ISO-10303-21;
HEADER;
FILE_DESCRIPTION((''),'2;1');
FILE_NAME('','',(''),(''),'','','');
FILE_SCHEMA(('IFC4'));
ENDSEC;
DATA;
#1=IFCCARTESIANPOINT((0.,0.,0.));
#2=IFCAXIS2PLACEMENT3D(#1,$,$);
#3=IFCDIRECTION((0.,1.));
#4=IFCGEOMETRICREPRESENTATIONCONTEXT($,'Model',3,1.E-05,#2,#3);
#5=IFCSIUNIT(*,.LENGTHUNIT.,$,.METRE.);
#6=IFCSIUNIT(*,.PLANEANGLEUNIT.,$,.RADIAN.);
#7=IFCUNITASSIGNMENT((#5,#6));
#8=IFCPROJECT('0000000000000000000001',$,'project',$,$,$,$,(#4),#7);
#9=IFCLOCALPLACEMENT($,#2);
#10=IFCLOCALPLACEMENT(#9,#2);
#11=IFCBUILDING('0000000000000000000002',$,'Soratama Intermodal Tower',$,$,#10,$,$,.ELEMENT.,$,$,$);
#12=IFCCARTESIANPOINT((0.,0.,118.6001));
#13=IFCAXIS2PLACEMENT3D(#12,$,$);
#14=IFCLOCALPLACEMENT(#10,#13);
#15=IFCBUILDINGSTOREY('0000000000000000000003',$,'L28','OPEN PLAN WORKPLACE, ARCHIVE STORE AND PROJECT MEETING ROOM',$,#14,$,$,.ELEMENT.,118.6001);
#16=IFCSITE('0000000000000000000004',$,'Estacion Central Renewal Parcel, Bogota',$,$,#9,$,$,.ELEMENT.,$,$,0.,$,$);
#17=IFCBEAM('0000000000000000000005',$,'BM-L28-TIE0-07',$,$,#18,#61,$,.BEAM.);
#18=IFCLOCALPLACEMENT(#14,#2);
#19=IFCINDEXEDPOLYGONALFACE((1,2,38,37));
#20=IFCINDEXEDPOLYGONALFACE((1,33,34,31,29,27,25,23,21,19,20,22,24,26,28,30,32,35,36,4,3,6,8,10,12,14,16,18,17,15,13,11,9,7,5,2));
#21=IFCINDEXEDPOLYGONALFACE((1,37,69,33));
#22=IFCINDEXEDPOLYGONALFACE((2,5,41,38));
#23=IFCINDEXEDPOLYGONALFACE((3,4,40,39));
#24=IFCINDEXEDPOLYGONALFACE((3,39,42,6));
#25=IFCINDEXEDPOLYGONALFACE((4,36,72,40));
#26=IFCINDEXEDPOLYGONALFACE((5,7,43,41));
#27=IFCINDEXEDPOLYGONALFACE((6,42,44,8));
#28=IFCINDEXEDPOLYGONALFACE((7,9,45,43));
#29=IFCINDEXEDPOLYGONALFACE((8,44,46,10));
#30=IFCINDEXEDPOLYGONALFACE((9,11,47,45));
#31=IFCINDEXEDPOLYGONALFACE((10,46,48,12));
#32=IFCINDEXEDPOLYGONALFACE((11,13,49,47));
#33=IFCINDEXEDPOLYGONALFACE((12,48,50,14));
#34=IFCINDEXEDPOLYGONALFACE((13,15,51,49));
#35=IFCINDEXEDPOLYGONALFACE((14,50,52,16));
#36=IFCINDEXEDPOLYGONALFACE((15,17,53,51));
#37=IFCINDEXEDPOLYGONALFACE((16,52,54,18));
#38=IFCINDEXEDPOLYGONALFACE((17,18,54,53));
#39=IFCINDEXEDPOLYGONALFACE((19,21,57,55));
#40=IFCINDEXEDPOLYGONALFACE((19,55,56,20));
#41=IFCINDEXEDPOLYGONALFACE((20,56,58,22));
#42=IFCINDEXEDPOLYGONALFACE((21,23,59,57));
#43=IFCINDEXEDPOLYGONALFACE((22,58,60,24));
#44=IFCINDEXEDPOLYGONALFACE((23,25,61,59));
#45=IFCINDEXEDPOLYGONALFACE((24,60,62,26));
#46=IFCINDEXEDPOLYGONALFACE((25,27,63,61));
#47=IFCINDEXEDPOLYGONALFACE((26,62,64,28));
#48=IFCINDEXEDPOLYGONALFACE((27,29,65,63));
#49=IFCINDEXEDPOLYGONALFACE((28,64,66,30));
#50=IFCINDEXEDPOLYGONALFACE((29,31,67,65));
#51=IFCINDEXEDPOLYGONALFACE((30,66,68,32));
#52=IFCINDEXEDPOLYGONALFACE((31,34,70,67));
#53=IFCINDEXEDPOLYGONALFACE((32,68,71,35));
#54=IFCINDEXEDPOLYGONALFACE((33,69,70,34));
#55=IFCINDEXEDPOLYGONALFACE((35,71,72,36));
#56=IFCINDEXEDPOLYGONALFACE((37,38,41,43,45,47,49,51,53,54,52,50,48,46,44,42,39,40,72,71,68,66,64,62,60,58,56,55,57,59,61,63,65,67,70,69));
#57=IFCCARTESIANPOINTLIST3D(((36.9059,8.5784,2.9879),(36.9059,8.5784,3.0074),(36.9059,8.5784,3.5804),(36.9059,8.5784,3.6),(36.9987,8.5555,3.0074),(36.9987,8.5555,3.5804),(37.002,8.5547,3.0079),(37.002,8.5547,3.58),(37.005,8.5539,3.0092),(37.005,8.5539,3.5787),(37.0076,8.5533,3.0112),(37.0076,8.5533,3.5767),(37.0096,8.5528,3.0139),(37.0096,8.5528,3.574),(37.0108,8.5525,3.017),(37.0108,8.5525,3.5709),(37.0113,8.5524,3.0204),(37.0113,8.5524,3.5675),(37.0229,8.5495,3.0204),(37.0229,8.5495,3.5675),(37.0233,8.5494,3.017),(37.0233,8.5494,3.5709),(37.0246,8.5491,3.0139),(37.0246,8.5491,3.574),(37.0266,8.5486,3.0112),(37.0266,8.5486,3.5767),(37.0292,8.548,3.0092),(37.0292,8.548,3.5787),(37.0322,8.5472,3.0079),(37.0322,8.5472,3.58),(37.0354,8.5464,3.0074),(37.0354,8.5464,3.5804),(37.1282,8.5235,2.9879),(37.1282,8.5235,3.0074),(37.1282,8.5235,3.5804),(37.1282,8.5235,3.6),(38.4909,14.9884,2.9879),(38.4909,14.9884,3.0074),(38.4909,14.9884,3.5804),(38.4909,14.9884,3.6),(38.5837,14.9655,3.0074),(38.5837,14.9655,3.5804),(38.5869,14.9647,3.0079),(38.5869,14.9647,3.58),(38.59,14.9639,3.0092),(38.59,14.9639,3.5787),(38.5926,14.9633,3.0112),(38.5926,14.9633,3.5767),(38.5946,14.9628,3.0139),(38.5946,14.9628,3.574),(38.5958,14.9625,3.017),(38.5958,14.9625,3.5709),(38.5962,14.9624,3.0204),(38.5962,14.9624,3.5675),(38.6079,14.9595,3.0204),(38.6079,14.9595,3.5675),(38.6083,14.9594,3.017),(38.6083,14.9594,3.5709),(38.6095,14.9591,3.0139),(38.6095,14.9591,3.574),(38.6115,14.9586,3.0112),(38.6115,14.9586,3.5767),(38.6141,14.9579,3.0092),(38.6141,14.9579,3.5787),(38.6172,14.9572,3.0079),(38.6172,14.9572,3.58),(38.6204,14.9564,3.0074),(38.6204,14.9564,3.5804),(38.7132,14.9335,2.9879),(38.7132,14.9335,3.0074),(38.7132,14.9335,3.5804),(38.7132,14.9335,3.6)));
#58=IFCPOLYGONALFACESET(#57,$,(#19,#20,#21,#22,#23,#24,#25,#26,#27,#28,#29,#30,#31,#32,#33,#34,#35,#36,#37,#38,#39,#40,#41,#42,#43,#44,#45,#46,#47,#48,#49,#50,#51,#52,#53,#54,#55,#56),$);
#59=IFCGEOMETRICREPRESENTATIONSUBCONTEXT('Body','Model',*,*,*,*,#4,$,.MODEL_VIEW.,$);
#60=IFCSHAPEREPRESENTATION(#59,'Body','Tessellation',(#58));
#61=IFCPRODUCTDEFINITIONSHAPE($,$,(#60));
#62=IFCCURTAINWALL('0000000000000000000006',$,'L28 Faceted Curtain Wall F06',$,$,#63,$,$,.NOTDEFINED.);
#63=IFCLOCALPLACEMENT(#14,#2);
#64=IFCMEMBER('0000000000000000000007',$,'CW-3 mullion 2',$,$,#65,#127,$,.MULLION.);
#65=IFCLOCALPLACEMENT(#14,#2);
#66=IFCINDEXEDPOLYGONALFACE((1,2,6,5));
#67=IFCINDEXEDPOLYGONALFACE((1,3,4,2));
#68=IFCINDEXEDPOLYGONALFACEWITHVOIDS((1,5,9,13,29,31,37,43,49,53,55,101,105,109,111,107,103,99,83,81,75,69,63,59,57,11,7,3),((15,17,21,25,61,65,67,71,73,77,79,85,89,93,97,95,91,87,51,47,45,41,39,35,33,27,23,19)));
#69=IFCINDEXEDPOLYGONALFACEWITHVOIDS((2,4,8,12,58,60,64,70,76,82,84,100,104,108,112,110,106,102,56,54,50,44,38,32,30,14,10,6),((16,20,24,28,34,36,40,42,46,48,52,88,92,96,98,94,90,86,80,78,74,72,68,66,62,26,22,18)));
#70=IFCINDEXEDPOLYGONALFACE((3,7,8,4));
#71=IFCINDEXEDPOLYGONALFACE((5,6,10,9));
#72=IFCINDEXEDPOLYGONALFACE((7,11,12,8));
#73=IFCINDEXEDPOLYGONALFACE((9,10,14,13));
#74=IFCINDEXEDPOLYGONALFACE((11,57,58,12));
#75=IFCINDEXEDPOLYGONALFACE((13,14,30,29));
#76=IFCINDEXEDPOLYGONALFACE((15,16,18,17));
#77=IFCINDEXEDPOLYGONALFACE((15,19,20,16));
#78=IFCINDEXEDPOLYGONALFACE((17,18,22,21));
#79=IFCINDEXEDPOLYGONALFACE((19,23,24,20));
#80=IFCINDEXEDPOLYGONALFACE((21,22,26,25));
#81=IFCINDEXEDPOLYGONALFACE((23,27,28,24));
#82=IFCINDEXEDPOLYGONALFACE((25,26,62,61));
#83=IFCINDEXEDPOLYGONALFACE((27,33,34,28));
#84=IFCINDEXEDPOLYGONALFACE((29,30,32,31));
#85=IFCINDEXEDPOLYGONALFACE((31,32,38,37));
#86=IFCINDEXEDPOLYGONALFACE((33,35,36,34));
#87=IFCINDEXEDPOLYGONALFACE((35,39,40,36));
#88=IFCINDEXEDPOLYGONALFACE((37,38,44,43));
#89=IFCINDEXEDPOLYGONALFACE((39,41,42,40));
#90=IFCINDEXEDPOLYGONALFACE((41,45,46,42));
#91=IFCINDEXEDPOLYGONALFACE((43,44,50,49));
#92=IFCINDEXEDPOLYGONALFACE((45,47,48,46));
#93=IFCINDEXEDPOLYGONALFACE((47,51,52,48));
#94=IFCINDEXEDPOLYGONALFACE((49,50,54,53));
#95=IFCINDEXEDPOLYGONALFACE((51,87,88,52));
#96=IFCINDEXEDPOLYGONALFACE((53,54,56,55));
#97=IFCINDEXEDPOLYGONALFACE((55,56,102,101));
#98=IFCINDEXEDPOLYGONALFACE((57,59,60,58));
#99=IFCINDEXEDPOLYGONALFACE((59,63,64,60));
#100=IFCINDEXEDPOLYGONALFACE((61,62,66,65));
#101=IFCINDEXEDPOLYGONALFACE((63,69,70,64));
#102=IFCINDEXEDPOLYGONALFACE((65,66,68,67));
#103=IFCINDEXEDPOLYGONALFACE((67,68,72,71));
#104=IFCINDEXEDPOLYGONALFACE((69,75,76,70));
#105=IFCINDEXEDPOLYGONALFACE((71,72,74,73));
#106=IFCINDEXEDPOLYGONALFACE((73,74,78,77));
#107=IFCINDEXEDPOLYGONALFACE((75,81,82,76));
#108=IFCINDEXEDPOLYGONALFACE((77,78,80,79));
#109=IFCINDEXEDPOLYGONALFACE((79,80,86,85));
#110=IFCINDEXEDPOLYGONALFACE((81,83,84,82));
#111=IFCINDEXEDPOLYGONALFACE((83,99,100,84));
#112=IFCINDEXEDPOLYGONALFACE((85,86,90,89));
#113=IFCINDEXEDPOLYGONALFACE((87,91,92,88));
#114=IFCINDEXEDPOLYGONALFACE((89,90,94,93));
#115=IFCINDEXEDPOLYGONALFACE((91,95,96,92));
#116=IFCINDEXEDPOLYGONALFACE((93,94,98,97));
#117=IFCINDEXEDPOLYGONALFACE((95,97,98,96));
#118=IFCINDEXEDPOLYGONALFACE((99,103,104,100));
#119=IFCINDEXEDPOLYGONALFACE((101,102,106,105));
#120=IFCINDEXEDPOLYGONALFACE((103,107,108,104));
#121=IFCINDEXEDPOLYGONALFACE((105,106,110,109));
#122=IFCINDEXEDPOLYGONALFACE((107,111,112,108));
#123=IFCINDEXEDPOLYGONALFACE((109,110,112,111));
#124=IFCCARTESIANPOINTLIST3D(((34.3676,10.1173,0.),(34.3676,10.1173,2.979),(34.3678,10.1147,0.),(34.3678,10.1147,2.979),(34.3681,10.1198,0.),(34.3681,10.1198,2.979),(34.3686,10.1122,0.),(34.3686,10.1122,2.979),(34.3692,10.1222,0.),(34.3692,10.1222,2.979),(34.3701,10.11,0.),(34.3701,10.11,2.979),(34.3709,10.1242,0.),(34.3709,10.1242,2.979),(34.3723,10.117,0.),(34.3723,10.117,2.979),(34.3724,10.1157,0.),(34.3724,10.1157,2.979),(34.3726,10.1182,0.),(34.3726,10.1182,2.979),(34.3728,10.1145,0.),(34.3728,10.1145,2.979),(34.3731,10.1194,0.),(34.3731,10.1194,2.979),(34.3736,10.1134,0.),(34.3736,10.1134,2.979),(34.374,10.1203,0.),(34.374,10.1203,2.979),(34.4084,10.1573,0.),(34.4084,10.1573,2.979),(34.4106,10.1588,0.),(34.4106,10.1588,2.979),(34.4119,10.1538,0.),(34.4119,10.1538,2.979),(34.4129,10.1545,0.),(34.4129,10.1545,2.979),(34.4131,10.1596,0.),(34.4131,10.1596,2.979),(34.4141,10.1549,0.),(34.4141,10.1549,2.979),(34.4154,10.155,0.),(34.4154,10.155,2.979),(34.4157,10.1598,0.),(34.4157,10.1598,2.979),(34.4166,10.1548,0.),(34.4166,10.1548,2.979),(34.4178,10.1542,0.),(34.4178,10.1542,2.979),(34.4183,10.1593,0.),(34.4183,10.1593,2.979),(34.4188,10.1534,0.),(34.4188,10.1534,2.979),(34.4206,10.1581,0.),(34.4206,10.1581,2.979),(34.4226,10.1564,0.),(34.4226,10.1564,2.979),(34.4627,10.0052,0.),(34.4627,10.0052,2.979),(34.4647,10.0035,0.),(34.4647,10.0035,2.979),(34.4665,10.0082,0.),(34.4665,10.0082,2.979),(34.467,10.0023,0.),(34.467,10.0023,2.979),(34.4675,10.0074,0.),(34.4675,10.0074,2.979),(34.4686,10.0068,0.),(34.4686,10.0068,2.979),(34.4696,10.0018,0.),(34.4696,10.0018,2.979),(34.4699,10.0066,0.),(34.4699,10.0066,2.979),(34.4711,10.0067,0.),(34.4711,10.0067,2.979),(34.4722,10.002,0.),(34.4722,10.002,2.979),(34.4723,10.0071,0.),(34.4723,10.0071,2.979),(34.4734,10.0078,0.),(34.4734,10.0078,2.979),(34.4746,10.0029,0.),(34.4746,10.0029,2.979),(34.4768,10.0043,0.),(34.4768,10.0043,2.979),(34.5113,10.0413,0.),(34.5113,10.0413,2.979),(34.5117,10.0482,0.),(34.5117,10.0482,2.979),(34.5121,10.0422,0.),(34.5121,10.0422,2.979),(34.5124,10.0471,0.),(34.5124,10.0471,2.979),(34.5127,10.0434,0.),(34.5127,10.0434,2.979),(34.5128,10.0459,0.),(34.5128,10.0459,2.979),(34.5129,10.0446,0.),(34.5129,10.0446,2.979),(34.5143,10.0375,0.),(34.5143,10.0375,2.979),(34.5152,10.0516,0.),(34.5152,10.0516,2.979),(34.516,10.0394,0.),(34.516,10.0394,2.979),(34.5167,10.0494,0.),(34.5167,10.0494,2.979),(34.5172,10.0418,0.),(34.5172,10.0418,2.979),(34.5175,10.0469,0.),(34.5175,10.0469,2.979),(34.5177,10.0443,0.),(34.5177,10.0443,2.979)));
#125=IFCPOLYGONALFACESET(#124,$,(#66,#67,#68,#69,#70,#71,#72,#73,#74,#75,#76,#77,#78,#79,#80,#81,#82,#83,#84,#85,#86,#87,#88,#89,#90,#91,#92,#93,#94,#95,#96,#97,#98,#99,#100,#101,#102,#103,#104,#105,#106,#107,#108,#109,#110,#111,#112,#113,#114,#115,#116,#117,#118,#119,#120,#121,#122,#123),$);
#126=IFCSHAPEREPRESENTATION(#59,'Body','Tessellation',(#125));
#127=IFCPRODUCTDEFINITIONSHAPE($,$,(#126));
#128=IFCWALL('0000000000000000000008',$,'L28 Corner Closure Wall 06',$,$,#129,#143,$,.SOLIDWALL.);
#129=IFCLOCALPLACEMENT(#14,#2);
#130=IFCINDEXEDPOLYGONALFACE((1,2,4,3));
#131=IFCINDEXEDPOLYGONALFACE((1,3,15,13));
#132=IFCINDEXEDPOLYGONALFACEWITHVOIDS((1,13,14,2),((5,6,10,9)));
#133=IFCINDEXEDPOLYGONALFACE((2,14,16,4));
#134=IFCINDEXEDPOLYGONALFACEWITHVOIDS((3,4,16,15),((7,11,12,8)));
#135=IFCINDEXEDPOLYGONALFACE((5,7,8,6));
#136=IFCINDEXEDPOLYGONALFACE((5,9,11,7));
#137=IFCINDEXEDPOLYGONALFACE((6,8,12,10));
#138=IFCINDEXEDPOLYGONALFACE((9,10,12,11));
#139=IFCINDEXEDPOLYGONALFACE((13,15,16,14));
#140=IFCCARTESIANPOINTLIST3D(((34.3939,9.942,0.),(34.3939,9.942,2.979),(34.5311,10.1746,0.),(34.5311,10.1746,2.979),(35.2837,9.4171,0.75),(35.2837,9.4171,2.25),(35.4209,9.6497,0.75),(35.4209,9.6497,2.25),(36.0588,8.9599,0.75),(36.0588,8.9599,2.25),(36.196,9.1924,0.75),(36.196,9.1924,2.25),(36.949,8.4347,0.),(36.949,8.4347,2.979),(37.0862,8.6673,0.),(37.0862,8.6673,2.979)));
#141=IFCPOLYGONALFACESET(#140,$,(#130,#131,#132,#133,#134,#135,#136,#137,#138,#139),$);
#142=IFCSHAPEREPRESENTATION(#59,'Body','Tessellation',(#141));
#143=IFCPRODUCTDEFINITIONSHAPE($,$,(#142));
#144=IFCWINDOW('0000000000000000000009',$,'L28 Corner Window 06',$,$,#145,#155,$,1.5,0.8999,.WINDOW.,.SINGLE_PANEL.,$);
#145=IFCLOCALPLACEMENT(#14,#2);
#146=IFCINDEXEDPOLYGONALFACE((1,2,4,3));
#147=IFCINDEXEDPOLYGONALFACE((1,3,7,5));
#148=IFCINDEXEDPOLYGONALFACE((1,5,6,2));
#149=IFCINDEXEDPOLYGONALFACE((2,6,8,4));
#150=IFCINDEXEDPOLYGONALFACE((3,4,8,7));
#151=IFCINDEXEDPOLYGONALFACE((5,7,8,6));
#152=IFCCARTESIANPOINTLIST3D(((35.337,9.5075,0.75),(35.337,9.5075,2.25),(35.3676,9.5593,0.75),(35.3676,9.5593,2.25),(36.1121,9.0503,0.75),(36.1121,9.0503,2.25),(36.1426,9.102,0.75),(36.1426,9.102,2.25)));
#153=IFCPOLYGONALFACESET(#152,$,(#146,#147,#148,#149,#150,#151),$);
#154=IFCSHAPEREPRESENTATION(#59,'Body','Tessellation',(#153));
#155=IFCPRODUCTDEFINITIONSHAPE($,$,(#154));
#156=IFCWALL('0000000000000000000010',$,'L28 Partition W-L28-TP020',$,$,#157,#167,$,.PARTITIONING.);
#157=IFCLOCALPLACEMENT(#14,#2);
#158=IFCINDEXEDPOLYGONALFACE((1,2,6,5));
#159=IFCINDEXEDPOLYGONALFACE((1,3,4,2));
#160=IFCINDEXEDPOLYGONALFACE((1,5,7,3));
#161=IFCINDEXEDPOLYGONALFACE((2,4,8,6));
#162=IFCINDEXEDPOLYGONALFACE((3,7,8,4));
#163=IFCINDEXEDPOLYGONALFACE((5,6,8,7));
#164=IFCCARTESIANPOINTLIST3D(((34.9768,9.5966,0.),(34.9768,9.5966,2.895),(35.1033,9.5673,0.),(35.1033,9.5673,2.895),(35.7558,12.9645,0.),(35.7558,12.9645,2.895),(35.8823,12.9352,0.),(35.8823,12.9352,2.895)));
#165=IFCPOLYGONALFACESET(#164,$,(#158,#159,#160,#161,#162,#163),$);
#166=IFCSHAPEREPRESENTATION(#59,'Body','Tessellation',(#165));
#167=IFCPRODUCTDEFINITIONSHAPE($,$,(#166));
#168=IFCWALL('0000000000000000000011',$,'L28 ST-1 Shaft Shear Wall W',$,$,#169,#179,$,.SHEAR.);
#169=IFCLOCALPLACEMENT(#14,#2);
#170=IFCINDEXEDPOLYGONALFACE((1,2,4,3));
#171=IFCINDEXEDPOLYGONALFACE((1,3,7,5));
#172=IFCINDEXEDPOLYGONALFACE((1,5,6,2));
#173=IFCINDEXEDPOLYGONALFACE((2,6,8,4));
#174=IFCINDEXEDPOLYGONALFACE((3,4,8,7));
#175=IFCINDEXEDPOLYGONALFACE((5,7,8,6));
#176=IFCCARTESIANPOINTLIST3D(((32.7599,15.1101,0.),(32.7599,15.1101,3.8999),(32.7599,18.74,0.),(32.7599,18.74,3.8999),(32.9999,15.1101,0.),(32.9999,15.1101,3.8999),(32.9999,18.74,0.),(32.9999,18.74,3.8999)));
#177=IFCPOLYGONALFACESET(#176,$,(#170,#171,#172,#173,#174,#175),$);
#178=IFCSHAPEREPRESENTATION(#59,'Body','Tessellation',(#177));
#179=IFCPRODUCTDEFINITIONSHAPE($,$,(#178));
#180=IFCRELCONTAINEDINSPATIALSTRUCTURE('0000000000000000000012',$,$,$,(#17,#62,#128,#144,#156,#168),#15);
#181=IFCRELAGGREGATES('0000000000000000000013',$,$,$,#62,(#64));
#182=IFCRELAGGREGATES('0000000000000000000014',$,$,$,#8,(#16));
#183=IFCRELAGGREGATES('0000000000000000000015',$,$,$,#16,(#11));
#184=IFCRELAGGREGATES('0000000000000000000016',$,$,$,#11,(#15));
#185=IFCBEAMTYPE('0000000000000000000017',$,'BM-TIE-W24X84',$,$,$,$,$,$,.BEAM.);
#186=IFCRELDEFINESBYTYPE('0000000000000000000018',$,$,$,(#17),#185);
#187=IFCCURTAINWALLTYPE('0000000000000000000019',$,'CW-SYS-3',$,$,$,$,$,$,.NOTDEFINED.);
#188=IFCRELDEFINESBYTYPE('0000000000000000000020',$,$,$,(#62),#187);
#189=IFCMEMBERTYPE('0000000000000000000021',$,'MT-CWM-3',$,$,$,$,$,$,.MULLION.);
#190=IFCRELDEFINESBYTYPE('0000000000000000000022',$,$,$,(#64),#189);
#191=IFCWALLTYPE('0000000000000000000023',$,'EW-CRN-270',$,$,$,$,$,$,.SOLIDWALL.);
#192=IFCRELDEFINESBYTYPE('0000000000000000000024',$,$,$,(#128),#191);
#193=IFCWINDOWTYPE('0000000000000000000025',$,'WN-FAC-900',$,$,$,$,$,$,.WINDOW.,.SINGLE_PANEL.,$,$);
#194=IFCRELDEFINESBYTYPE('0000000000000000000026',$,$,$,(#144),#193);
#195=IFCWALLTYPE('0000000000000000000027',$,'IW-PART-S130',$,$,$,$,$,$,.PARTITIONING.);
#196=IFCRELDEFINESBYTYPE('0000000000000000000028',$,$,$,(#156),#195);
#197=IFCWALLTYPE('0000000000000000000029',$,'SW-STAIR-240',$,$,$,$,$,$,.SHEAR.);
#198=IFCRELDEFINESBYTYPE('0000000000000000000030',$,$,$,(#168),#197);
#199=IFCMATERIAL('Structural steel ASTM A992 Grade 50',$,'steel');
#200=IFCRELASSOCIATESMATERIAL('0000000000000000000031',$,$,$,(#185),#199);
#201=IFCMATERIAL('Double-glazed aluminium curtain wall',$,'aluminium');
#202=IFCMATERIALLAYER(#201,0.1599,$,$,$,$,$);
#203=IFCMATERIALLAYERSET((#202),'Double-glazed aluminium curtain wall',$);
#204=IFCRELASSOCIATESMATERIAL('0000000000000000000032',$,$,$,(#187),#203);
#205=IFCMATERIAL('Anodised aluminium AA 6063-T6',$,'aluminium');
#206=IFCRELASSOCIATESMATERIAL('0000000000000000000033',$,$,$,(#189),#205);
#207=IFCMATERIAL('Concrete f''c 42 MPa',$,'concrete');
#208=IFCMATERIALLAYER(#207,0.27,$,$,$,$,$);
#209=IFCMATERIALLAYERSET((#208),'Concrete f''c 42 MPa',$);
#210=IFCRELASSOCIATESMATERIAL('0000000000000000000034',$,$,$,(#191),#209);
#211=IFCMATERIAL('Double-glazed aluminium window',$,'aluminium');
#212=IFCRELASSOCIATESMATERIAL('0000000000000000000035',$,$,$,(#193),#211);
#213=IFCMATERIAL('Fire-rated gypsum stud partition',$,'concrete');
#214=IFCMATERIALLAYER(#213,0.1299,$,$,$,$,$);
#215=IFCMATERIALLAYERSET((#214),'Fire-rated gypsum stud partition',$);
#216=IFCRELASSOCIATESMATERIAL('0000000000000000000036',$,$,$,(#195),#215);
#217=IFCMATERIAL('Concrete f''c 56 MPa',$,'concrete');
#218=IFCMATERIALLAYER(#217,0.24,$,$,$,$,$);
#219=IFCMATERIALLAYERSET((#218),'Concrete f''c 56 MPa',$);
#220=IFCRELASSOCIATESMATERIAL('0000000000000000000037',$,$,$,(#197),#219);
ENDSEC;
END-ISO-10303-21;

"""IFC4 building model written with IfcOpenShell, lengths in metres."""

from ifc_helpers import new_model, si_unit, direction, frame, frame_2d, origin, origin_2d, place, context, subcontext, project, spatial, rectangle, hollow_rectangle, i_section, extrude, material, layer, layer_set, material_profile, profile_set, type_object, element, fill, aggregate, save


model = new_model("IFC4")

# Units and contexts
model_context = context("Model", 3, precision=1e-05, world=origin(), true_north=direction((0.0, 1.0)))
body_context = subcontext(model_context, "Body", "Model", "MODEL_VIEW")
ifc_project = project(units=[si_unit("LENGTHUNIT", "METRE"), si_unit("PLANEANGLEUNIT", "RADIAN")], contexts=[model_context])

# Site, building, storey
site_placement = place(None, origin())
site = spatial("IfcSite", under=ifc_project, at=site_placement, Name="Estacion Central Renewal Parcel, Bogota", CompositionType="ELEMENT", RefElevation=0.0)
building_placement = place(site_placement, origin())
building = spatial("IfcBuilding", under=site, at=building_placement, Name="Soratama Intermodal Tower", CompositionType="ELEMENT")
storey_placement = place(building_placement, frame((0.0, 0.0, 118.6001)))
storey = spatial("IfcBuildingStorey", under=building, at=storey_placement, Name="L28", Description="OPEN PLAN WORKPLACE, ARCHIVE STORE AND PROJECT MEETING ROOM", CompositionType="ELEMENT", Elevation=118.6001)

# Beam
ifc_material_1 = material(Name="Structural steel ASTM A992 Grade 50", Category="steel")
ifc_material_profile_1 = material_profile(ifc_material_1, i_section(OverallWidth=0.229, OverallDepth=0.6121, WebThickness=0.012, FlangeThickness=0.0195, FilletRadius=0.0129, at=origin_2d()), Name="W24X84")
ifc_profile_set_1 = profile_set([ifc_material_profile_1], Name="Structural steel ASTM A992 Grade 50")
beam_type_1 = type_object("IfcBeamType", Name="BM-TIE-W24X84", PredefinedType="BEAM", material=ifc_profile_set_1)
beam_1_placement = place(storey_placement, frame((38.6021, 14.9609, 3.2939), z_axis=(-0.240038, -0.970764, 0.0), x_axis=(0.970764, -0.240038, 0.0)))
element("IfcBeam", 1, at=beam_1_placement, inside=storey, type_object=beam_type_1, Name="BM-L28-TIE0-07", PredefinedType="BEAM", context=body_context, shape_type="SweptSolid", body=[
    extrude(i_section(OverallWidth=0.229, OverallDepth=0.6121, WebThickness=0.012, FlangeThickness=0.0195, FilletRadius=0.0129, at=origin_2d()), origin(), (0.0, 0.0, 1.0), 6.603),
])

# Curtain wall, member
ifc_material_2 = material(Name="Double-glazed aluminium curtain wall", Category="aluminium")
ifc_layer_1 = layer(ifc_material_2, 0.1599)
ifc_layer_set_1 = layer_set([ifc_layer_1], Name="Double-glazed aluminium curtain wall")
curtain_wall_type = type_object("IfcCurtainWallType", Name="CW-SYS-3", PredefinedType="NOTDEFINED", material=ifc_layer_set_1)
curtain_wall_placement = place(storey_placement, origin())
curtain_wall = element("IfcCurtainWall", 2, at=curtain_wall_placement, inside=storey, type_object=curtain_wall_type, Name="L28 Faceted Curtain Wall F06", PredefinedType="NOTDEFINED")
ifc_material_3 = material(Name="Anodised aluminium AA 6063-T6", Category="aluminium")
ifc_material_profile_2 = material_profile(ifc_material_3, hollow_rectangle(XDim=0.0701, YDim=0.1599, WallThickness=0.0049, InnerFilletRadius=0.0049, OuterFilletRadius=0.01, at=origin_2d()), Name="CWM160X70X5")
ifc_profile_set_2 = profile_set([ifc_material_profile_2], Name="Anodised aluminium AA 6063-T6")
member_type = type_object("IfcMemberType", Name="MT-CWM-3", PredefinedType="MULLION", material=ifc_profile_set_2)
member_placement = place(storey_placement, frame((34.4426, 10.0808, 0.0), z_axis=(0.0, 0.0, 1.0), x_axis=(0.749418, 0.662098, 0.0)))
member = element("IfcMember", 3, at=member_placement, type_object=member_type, Name="CW-3 mullion 2", PredefinedType="MULLION", context=body_context, shape_type="SweptSolid", body=[
    extrude(hollow_rectangle(XDim=0.0701, YDim=0.1599, WallThickness=0.0049, InnerFilletRadius=0.0049, OuterFilletRadius=0.01, at=origin_2d()), origin(), (0.0, 0.0, 1.0), 2.979),
])
aggregate(curtain_wall, [member])

# Wall, opening, window
ifc_material_4 = material(Name="Concrete f'c 42 MPa", Category="concrete")
ifc_layer_2 = layer(ifc_material_4, 0.27)
ifc_layer_set_2 = layer_set([ifc_layer_2], Name="Concrete f'c 42 MPa")
wall_type_1 = type_object("IfcWallType", Name="EW-CRN-270", PredefinedType="SOLIDWALL", material=ifc_layer_set_2)
wall_1_placement = place(storey_placement, frame((34.4624, 10.0583, 0.0), z_axis=(0.0, 0.0, 1.0), x_axis=(0.861303, -0.508091, 0.0)))
wall_1 = element("IfcWall", 4, at=wall_1_placement, inside=storey, type_object=wall_type_1, Name="L28 Corner Closure Wall 06", PredefinedType="SOLIDWALL", context=body_context, shape_type="SweptSolid", body=[
    extrude(rectangle(XDim=2.9666, YDim=0.27, at=frame_2d((1.4834, 0.0))), origin(), (0.0, 0.0, 1.0), 2.979),
])
opening_1_placement = place(wall_1_placement, frame((1.0332, 0.0, 0.75)))
opening_1 = element("IfcOpeningElement", 5, at=opening_1_placement, cuts=wall_1, PredefinedType="OPENING", context=body_context, shape_type="SweptSolid", body=[
    extrude(rectangle(XDim=0.8999, YDim=1.5, at=frame_2d((0.45, 0.75))), frame((0.0, 0.145, 0.0), z_axis=(0.0, -1.0, 0.0), x_axis=(1.0, 0.0, 0.0)), (0.0, 0.0, 1.0), 0.29),
])
ifc_material_5 = material(Name="Double-glazed aluminium window", Category="aluminium")
window_type_1 = type_object("IfcWindowType", Name="WN-FAC-900", PartitioningType="SINGLE_PANEL", PredefinedType="WINDOW", material=ifc_material_5)
window_1_placement = place(opening_1_placement, origin())
window_1 = element("IfcWindow", 6, at=window_1_placement, inside=storey, type_object=window_type_1, Name="L28 Corner Window 06", OverallHeight=1.5, OverallWidth=0.8999, PartitioningType="SINGLE_PANEL", PredefinedType="WINDOW", context=body_context, shape_type="SweptSolid", body=[
    extrude(rectangle(XDim=0.8999, YDim=1.5, at=frame_2d((0.45, 0.75))), frame((0.0, 0.03, 0.0), z_axis=(0.0, -1.0, 0.0), x_axis=(1.0, 0.0, 0.0)), (0.0, 0.0, 1.0), 0.0601),
])
fill(opening_1, window_1)

# Walls
ifc_material_6 = material(Name="Fire-rated gypsum stud partition", Category="concrete")
ifc_layer_3 = layer(ifc_material_6, 0.1299)
ifc_layer_set_3 = layer_set([ifc_layer_3], Name="Fire-rated gypsum stud partition")
wall_type_2 = type_object("IfcWallType", Name="IW-PART-S130", PredefinedType="PARTITIONING", material=ifc_layer_set_3)
wall_2_placement = place(storey_placement, frame((35.8191, 12.95, 0.0), z_axis=(0.0, 0.0, 1.0), x_axis=(-0.225365, -0.974274, 0.0)))
element("IfcWall", 7, at=wall_2_placement, inside=storey, type_object=wall_type_2, Name="L28 Partition W-L28-TP020", PredefinedType="PARTITIONING", context=body_context, shape_type="SweptSolid", body=[
    extrude(rectangle(XDim=3.4568, YDim=0.1299, at=frame_2d((1.7285, 0.0))), origin(), (0.0, 0.0, 1.0), 2.895),
])
ifc_material_7 = material(Name="Concrete f'c 56 MPa", Category="concrete")
ifc_layer_4 = layer(ifc_material_7, 0.24)
ifc_layer_set_4 = layer_set([ifc_layer_4], Name="Concrete f'c 56 MPa")
wall_type_3 = type_object("IfcWallType", Name="SW-STAIR-240", PredefinedType="SHEAR", material=ifc_layer_set_4)
wall_3_placement = place(storey_placement, frame((32.8799, 15.1101, 0.0), z_axis=(0.0, 0.0, 1.0), x_axis=(0.0, 1.0, 0.0)))
element("IfcWall", 8, at=wall_3_placement, inside=storey, type_object=wall_type_3, Name="L28 ST-1 Shaft Shear Wall W", PredefinedType="SHEAR", context=body_context, shape_type="SweptSolid", body=[
    extrude(rectangle(XDim=3.6299, YDim=0.24, at=frame_2d((1.8149, 0.0))), origin(), (0.0, 0.0, 1.0), 3.8999),
])

save(model, "model.ifc")
